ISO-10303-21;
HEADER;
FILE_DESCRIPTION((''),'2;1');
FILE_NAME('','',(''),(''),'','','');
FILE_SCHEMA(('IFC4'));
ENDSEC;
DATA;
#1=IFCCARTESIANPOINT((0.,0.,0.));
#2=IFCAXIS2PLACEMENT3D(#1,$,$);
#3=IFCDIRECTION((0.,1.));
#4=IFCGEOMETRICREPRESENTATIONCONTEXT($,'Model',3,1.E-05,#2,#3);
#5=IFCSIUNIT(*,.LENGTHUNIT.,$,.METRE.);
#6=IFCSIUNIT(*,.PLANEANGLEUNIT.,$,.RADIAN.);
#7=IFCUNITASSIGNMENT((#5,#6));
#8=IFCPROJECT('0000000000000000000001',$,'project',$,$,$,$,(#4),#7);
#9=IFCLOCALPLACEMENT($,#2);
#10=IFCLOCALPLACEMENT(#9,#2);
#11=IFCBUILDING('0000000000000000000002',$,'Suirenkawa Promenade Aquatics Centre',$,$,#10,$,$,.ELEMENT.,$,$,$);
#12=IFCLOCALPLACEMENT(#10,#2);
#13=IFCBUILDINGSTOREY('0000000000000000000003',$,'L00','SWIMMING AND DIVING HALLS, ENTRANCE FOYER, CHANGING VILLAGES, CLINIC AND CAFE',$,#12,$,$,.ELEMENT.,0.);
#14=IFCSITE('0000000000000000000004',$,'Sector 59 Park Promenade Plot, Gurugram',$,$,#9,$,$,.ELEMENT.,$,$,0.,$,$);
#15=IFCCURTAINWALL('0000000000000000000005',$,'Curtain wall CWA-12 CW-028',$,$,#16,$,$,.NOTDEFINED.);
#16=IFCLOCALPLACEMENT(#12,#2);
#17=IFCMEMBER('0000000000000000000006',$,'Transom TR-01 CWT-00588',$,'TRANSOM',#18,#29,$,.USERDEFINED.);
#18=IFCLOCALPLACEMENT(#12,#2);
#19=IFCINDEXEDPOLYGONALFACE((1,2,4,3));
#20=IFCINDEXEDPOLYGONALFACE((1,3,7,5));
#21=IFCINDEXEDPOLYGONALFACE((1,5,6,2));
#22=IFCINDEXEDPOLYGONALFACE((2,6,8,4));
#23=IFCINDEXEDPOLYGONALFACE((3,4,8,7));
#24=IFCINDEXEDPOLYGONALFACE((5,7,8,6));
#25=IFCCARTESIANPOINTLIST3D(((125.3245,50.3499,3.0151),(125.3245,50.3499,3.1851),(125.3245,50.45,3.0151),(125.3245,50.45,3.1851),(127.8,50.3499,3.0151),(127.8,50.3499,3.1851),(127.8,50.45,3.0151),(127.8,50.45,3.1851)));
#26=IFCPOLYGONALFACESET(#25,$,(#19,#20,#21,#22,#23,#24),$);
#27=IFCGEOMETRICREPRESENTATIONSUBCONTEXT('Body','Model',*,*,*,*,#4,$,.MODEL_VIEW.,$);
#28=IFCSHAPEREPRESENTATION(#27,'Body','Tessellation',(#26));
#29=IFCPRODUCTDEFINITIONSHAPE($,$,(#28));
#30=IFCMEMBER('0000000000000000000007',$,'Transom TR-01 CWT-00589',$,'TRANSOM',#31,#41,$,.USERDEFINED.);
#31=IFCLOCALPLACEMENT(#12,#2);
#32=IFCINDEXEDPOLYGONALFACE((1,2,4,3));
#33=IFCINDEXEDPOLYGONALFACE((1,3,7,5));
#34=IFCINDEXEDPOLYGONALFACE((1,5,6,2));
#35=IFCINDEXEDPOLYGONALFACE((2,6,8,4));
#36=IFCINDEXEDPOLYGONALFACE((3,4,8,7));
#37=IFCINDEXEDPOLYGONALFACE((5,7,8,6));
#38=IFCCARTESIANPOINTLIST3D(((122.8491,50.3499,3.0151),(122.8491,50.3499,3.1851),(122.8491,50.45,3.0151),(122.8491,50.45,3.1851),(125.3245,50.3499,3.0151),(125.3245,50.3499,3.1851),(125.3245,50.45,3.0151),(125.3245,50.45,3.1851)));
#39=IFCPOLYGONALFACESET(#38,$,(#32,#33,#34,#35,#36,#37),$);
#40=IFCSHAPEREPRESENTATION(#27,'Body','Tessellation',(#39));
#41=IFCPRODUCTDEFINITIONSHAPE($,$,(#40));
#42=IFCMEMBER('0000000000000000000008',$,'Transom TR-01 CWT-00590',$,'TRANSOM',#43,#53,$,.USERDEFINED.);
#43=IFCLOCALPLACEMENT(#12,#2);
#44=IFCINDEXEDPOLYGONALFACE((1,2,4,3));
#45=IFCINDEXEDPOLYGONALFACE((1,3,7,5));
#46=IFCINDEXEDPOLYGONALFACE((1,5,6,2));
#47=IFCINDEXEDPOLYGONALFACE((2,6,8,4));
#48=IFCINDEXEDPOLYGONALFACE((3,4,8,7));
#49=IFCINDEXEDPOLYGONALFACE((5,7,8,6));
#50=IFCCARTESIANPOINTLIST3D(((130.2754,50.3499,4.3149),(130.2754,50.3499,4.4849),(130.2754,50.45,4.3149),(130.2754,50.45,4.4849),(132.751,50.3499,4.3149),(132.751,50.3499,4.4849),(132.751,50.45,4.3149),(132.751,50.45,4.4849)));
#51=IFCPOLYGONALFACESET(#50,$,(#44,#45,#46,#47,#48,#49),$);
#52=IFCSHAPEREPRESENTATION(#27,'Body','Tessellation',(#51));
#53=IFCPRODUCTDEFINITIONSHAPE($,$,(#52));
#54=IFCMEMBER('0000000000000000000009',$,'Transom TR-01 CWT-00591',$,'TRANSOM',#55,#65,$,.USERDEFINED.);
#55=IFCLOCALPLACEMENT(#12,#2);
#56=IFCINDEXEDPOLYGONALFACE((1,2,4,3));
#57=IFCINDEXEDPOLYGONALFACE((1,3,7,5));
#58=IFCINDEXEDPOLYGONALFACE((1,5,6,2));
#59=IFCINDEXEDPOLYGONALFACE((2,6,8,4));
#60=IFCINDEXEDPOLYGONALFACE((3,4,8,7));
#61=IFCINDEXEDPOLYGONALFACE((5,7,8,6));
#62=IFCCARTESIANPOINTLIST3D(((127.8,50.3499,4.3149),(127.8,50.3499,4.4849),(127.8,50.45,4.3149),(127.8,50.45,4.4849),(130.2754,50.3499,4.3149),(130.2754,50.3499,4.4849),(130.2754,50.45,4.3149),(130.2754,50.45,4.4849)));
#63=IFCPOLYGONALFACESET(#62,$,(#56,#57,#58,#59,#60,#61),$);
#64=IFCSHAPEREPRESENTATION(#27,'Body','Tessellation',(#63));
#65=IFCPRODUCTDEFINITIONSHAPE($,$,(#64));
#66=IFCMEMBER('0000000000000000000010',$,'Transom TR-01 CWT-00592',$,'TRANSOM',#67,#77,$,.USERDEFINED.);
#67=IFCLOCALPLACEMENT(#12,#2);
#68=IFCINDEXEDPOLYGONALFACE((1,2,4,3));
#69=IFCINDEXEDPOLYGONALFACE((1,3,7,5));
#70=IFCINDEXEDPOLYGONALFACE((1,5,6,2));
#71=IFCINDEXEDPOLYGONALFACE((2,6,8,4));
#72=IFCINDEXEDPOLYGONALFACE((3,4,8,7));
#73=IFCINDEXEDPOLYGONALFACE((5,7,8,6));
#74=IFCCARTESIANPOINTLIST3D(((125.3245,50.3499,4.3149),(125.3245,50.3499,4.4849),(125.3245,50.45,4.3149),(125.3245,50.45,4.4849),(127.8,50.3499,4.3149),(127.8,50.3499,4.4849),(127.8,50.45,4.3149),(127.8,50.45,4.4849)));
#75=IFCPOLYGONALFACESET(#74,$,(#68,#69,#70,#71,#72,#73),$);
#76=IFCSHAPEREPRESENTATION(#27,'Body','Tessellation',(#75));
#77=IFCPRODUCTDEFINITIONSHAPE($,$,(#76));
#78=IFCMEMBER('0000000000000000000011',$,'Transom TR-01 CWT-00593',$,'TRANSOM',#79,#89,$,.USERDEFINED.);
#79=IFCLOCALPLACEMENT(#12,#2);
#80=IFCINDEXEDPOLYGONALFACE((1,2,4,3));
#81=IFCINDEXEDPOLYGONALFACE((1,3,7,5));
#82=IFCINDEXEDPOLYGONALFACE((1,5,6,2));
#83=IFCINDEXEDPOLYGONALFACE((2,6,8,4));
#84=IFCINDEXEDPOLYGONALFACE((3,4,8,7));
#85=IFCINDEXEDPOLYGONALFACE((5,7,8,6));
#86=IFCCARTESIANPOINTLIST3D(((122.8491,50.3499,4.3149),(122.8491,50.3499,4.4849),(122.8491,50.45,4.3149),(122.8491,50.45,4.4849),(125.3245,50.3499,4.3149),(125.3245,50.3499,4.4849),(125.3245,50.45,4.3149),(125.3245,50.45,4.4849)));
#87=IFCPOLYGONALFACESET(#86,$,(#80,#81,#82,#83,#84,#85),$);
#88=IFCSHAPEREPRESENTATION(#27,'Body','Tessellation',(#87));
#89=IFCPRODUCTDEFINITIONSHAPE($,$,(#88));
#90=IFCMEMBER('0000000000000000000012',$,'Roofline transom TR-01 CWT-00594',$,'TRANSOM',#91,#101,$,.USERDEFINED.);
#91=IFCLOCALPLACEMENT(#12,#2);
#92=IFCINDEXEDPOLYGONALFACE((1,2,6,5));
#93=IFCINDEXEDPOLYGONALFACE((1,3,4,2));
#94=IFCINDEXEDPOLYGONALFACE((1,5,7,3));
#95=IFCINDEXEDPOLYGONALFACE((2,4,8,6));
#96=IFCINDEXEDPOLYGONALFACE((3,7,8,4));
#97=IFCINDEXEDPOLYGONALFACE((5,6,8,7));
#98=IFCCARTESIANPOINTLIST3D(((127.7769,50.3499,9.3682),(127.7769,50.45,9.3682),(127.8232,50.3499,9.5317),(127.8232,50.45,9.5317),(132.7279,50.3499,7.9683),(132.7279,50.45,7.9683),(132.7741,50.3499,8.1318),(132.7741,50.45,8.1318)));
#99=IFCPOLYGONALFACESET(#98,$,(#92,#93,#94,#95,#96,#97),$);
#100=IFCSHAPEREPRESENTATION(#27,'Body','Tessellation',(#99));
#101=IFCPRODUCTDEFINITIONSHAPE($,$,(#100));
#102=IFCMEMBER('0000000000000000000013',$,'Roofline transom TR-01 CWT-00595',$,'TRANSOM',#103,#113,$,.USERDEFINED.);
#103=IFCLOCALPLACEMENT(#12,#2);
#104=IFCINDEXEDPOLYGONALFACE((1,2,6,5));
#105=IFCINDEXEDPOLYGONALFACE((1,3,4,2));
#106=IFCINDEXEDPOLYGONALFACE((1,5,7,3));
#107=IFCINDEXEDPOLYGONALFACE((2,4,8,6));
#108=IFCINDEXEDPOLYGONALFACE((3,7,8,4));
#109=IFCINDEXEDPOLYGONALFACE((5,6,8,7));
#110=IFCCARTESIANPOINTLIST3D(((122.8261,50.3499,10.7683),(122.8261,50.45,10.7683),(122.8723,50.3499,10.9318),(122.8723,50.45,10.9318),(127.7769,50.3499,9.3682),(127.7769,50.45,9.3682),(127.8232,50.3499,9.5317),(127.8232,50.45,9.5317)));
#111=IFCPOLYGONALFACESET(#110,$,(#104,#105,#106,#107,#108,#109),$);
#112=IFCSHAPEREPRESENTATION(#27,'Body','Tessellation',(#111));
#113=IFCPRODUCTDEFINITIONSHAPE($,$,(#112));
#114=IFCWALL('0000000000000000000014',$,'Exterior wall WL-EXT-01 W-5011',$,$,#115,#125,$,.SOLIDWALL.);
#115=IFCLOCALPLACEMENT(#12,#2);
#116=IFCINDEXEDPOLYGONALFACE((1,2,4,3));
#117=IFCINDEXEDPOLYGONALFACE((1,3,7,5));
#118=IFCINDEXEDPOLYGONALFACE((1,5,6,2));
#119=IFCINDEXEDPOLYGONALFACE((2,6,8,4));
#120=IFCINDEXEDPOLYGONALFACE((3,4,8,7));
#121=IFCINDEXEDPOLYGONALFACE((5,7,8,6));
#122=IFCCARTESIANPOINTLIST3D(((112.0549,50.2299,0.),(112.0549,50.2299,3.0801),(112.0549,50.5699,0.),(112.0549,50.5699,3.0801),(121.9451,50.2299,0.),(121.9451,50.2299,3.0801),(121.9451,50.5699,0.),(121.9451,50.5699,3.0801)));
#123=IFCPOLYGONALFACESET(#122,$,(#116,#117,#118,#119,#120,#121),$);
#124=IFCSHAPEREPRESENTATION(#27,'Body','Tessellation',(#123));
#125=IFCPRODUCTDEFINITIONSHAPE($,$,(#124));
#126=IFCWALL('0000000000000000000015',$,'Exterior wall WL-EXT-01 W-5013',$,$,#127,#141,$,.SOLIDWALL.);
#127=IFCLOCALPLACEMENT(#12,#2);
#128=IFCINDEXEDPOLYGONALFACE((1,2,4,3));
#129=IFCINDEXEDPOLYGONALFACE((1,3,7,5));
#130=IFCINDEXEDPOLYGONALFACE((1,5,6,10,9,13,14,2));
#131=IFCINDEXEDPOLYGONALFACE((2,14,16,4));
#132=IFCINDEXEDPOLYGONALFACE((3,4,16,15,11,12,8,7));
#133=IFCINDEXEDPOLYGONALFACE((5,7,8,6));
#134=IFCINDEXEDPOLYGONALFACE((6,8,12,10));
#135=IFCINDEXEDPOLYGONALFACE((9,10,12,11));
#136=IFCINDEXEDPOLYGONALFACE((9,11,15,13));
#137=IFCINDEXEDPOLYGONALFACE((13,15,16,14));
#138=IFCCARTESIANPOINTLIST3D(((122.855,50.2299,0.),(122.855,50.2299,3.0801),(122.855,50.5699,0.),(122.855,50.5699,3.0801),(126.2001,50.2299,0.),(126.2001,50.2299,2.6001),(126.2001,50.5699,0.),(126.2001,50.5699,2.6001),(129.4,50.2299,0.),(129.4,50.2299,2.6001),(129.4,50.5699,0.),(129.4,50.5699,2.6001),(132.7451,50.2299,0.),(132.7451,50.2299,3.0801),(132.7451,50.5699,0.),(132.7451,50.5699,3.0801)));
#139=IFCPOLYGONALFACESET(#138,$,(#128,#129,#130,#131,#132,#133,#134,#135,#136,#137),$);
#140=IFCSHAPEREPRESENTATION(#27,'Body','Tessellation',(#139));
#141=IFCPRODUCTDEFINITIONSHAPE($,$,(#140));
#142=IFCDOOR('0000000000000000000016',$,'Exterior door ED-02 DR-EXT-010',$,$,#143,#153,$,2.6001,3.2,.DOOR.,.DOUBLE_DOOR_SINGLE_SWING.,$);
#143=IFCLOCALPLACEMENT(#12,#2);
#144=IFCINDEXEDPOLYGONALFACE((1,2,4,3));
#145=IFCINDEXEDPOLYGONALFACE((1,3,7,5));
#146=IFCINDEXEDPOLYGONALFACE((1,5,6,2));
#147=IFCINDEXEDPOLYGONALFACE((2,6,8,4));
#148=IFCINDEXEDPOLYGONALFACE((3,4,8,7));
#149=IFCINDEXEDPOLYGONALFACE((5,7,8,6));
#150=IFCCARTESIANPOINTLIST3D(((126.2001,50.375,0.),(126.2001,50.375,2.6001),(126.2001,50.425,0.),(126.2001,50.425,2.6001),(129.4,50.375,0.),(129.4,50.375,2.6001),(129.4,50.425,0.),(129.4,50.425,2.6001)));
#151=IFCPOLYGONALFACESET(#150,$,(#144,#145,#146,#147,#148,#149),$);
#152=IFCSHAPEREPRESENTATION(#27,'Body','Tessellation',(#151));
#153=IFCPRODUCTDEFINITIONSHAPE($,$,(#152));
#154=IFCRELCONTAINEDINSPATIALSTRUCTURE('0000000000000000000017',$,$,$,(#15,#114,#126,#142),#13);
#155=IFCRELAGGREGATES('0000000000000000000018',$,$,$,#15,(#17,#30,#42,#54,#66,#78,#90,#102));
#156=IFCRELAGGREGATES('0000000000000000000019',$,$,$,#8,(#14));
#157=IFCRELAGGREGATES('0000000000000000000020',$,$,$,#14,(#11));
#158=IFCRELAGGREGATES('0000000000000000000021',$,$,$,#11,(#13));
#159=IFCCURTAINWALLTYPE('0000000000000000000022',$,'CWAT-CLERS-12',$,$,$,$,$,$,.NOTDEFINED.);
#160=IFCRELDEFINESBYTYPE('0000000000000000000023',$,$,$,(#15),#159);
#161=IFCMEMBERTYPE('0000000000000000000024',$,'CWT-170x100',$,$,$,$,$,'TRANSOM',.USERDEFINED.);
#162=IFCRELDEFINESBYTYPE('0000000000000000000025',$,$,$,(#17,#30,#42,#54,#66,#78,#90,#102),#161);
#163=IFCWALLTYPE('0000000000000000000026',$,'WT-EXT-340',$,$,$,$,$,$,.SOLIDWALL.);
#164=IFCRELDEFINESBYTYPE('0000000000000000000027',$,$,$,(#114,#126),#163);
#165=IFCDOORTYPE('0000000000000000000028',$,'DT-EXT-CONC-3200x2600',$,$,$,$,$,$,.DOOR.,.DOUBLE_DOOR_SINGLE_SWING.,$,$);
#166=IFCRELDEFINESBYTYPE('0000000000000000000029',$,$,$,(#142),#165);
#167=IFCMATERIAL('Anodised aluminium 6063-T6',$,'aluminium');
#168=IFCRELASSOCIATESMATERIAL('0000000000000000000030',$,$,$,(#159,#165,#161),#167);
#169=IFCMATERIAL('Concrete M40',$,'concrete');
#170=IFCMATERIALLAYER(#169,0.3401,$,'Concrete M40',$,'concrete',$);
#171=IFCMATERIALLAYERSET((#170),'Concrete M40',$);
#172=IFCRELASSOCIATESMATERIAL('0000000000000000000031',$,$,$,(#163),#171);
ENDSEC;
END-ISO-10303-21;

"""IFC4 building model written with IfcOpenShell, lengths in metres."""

from ifc_helpers import new_model, si_unit, direction, frame, frame_2d, origin, origin_2d, place, context, subcontext, project, spatial, rectangle, extrude, material, layer, layer_set, material_profile, profile_set, type_object, element, fill, aggregate, save


model = new_model("IFC4")

# Units and contexts
model_context = context("Model", 3, precision=1e-05, world=origin(), true_north=direction((0.0, 1.0)))
body_context = subcontext(model_context, "Body", "Model", "MODEL_VIEW")
ifc_project = project(units=[si_unit("LENGTHUNIT", "METRE"), si_unit("PLANEANGLEUNIT", "RADIAN")], contexts=[model_context])

# Site, building, storey
site_placement = place(None, origin())
site = spatial("IfcSite", under=ifc_project, at=site_placement, Name="Sector 59 Park Promenade Plot, Gurugram", CompositionType="ELEMENT", RefElevation=0.0)
building_placement = place(site_placement, origin())
building = spatial("IfcBuilding", under=site, at=building_placement, Name="Suirenkawa Promenade Aquatics Centre", CompositionType="ELEMENT")
storey_placement = place(building_placement, origin())
storey = spatial("IfcBuildingStorey", under=building, at=storey_placement, Name="L00", Description="SWIMMING AND DIVING HALLS, ENTRANCE FOYER, CHANGING VILLAGES, CLINIC AND CAFE", CompositionType="ELEMENT", Elevation=0.0)

# Shared definitions
ifc_material_1 = material(Name="Concrete M40", Category="concrete")

# Shared definitions
ifc_material_2 = material(Name="Anodised aluminium 6063-T6", Category="aluminium")

# Curtain wall
curtain_wall_type_1 = type_object("IfcCurtainWallType", Name="CWAT-CLERS-12", PredefinedType="NOTDEFINED", material=ifc_material_2)
curtain_wall_1_placement = place(storey_placement, origin())
curtain_wall_1 = element("IfcCurtainWall", 1, at=curtain_wall_1_placement, inside=storey, type_object=curtain_wall_type_1, Name="Curtain wall CWA-12 CW-028", PredefinedType="NOTDEFINED")

# Members
ifc_material_profile_1 = material_profile(ifc_material_2, rectangle(XDim=0.1001, YDim=0.1699, at=origin_2d()), Name="ALU TRAN 100x170", Category="aluminium")
ifc_profile_set_1 = profile_set([ifc_material_profile_1], Name="Anodised aluminium 6063-T6")
member_type_1 = type_object("IfcMemberType", Name="CWT-170x100", ElementType="TRANSOM", PredefinedType="USERDEFINED", material=ifc_profile_set_1)
member_1_placement = place(storey_placement, frame((127.8, 50.3999, 3.1001), z_axis=(-1.0, 0.0, 0.0), x_axis=(0.0, -1.0, 0.0)))
member_1 = element("IfcMember", 2, at=member_1_placement, type_object=member_type_1, Name="Transom TR-01 CWT-00588", ObjectType="TRANSOM", PredefinedType="USERDEFINED", context=body_context, shape_type="SweptSolid", body=[
    extrude(rectangle(XDim=0.1001, YDim=0.1699, at=origin_2d()), origin(), (0.0, 0.0, 1.0), 2.4756),
])
member_2_placement = place(storey_placement, frame((125.3245, 50.3999, 3.1001), z_axis=(-1.0, 0.0, 0.0), x_axis=(0.0, -1.0, 0.0)))
member_2 = element("IfcMember", 3, at=member_2_placement, type_object=member_type_1, Name="Transom TR-01 CWT-00589", ObjectType="TRANSOM", PredefinedType="USERDEFINED", context=body_context, shape_type="SweptSolid", body=[
    extrude(rectangle(XDim=0.1001, YDim=0.1699, at=origin_2d()), origin(), (0.0, 0.0, 1.0), 2.4753),
])
member_3_placement = place(storey_placement, frame((132.751, 50.3999, 4.3999), z_axis=(-1.0, 0.0, 0.0), x_axis=(0.0, -1.0, 0.0)))
member_3 = element("IfcMember", 4, at=member_3_placement, type_object=member_type_1, Name="Transom TR-01 CWT-00590", ObjectType="TRANSOM", PredefinedType="USERDEFINED", context=body_context, shape_type="SweptSolid", body=[
    extrude(rectangle(XDim=0.1001, YDim=0.1699, at=origin_2d()), origin(), (0.0, 0.0, 1.0), 2.4756),
])
member_4_placement = place(storey_placement, frame((130.2754, 50.3999, 4.3999), z_axis=(-1.0, 0.0, 0.0), x_axis=(0.0, -1.0, 0.0)))
member_4 = element("IfcMember", 5, at=member_4_placement, type_object=member_type_1, Name="Transom TR-01 CWT-00591", ObjectType="TRANSOM", PredefinedType="USERDEFINED", context=body_context, shape_type="SweptSolid", body=[
    extrude(rectangle(XDim=0.1001, YDim=0.1699, at=origin_2d()), origin(), (0.0, 0.0, 1.0), 2.4753),
])
member_5_placement = place(storey_placement, frame((127.8, 50.3999, 4.3999), z_axis=(-1.0, 0.0, 0.0), x_axis=(0.0, -1.0, 0.0)))
member_5 = element("IfcMember", 6, at=member_5_placement, type_object=member_type_1, Name="Transom TR-01 CWT-00592", ObjectType="TRANSOM", PredefinedType="USERDEFINED", context=body_context, shape_type="SweptSolid", body=[
    extrude(rectangle(XDim=0.1001, YDim=0.1699, at=origin_2d()), origin(), (0.0, 0.0, 1.0), 2.4756),
])
member_6_placement = place(storey_placement, frame((125.3245, 50.3999, 4.3999), z_axis=(-1.0, 0.0, 0.0), x_axis=(0.0, -1.0, 0.0)))
member_6 = element("IfcMember", 7, at=member_6_placement, type_object=member_type_1, Name="Transom TR-01 CWT-00593", ObjectType="TRANSOM", PredefinedType="USERDEFINED", context=body_context, shape_type="SweptSolid", body=[
    extrude(rectangle(XDim=0.1001, YDim=0.1699, at=origin_2d()), origin(), (0.0, 0.0, 1.0), 2.4753),
])
member_7_placement = place(storey_placement, frame((132.751, 50.3999, 8.05), z_axis=(-0.962272, 0.0, 0.272088), x_axis=(0.0, -1.0, 0.0)))
member_7 = element("IfcMember", 8, at=member_7_placement, type_object=member_type_1, Name="Roofline transom TR-01 CWT-00594", ObjectType="TRANSOM", PredefinedType="USERDEFINED", context=body_context, shape_type="SweptSolid", body=[
    extrude(rectangle(XDim=0.1001, YDim=0.1699, at=origin_2d()), origin(), (0.0, 0.0, 1.0), 5.145),
])
member_8_placement = place(storey_placement, frame((127.8, 50.3999, 9.45), z_axis=(-0.96226, 0.0, 0.272132), x_axis=(0.0, -1.0, 0.0)))
member_8 = element("IfcMember", 9, at=member_8_placement, type_object=member_type_1, Name="Roofline transom TR-01 CWT-00595", ObjectType="TRANSOM", PredefinedType="USERDEFINED", context=body_context, shape_type="SweptSolid", body=[
    extrude(rectangle(XDim=0.1001, YDim=0.1699, at=origin_2d()), origin(), (0.0, 0.0, 1.0), 5.145),
])

aggregate(curtain_wall_1, [member_1, member_2, member_3, member_4, member_5, member_6, member_7, member_8])

# Wall
ifc_layer_1 = layer(ifc_material_1, 0.3401, Name="Concrete M40", Category="concrete")
ifc_layer_set_1 = layer_set([ifc_layer_1], Name="Concrete M40")
wall_type = type_object("IfcWallType", Name="WT-EXT-340", PredefinedType="SOLIDWALL", material=ifc_layer_set_1)
wall_1_placement = place(storey_placement, frame((121.9451, 50.3999, 0.0), z_axis=(0.0, 0.0, 1.0), x_axis=(-1.0, 0.0, 0.0)))
element("IfcWall", 10, at=wall_1_placement, inside=storey, type_object=wall_type, Name="Exterior wall WL-EXT-01 W-5011", PredefinedType="SOLIDWALL", context=body_context, shape_type="SweptSolid", body=[
    extrude(rectangle(XDim=9.8901, YDim=0.3401, at=frame_2d((4.9451, 0.0))), origin(), (0.0, 0.0, 1.0), 3.0801),
])

# Wall, opening, door
wall_2_placement = place(storey_placement, frame((132.7451, 50.3999, 0.0), z_axis=(0.0, 0.0, 1.0), x_axis=(-1.0, 0.0, 0.0)))
wall_2 = element("IfcWall", 11, at=wall_2_placement, inside=storey, type_object=wall_type, Name="Exterior wall WL-EXT-01 W-5013", PredefinedType="SOLIDWALL", context=body_context, shape_type="SweptSolid", body=[
    extrude(rectangle(XDim=9.8901, YDim=0.3401, at=frame_2d((4.9451, 0.0))), origin(), (0.0, 0.0, 1.0), 3.0801),
])
opening_placement = place(wall_2_placement, frame((3.345, 0.0, 0.0)))
opening = element("IfcOpeningElement", 12, at=opening_placement, cuts=wall_2, PredefinedType="OPENING", context=body_context, shape_type="SweptSolid", body=[
    extrude(rectangle(XDim=3.2, YDim=2.6001, at=frame_2d((1.6001, 1.3))), frame((0.0, 0.1799, 0.0), z_axis=(0.0, -1.0, 0.0), x_axis=(1.0, 0.0, 0.0)), (0.0, 0.0, 1.0), 0.3601),
])
door_type = type_object("IfcDoorType", Name="DT-EXT-CONC-3200x2600", OperationType="DOUBLE_DOOR_SINGLE_SWING", PredefinedType="DOOR", material=ifc_material_2)
door_placement = place(opening_placement, origin())
door = element("IfcDoor", 13, at=door_placement, inside=storey, type_object=door_type, Name="Exterior door ED-02 DR-EXT-010", OperationType="DOUBLE_DOOR_SINGLE_SWING", OverallHeight=2.6001, OverallWidth=3.2, PredefinedType="DOOR", context=body_context, shape_type="SweptSolid", body=[
    extrude(rectangle(XDim=3.2, YDim=2.6001, at=frame_2d((1.6001, 1.3))), frame((0.0, 0.0249, 0.0), z_axis=(0.0, -1.0, 0.0), x_axis=(1.0, 0.0, 0.0)), (0.0, 0.0, 1.0), 0.05),
])
fill(opening, door)

save(model, "model.ifc")
